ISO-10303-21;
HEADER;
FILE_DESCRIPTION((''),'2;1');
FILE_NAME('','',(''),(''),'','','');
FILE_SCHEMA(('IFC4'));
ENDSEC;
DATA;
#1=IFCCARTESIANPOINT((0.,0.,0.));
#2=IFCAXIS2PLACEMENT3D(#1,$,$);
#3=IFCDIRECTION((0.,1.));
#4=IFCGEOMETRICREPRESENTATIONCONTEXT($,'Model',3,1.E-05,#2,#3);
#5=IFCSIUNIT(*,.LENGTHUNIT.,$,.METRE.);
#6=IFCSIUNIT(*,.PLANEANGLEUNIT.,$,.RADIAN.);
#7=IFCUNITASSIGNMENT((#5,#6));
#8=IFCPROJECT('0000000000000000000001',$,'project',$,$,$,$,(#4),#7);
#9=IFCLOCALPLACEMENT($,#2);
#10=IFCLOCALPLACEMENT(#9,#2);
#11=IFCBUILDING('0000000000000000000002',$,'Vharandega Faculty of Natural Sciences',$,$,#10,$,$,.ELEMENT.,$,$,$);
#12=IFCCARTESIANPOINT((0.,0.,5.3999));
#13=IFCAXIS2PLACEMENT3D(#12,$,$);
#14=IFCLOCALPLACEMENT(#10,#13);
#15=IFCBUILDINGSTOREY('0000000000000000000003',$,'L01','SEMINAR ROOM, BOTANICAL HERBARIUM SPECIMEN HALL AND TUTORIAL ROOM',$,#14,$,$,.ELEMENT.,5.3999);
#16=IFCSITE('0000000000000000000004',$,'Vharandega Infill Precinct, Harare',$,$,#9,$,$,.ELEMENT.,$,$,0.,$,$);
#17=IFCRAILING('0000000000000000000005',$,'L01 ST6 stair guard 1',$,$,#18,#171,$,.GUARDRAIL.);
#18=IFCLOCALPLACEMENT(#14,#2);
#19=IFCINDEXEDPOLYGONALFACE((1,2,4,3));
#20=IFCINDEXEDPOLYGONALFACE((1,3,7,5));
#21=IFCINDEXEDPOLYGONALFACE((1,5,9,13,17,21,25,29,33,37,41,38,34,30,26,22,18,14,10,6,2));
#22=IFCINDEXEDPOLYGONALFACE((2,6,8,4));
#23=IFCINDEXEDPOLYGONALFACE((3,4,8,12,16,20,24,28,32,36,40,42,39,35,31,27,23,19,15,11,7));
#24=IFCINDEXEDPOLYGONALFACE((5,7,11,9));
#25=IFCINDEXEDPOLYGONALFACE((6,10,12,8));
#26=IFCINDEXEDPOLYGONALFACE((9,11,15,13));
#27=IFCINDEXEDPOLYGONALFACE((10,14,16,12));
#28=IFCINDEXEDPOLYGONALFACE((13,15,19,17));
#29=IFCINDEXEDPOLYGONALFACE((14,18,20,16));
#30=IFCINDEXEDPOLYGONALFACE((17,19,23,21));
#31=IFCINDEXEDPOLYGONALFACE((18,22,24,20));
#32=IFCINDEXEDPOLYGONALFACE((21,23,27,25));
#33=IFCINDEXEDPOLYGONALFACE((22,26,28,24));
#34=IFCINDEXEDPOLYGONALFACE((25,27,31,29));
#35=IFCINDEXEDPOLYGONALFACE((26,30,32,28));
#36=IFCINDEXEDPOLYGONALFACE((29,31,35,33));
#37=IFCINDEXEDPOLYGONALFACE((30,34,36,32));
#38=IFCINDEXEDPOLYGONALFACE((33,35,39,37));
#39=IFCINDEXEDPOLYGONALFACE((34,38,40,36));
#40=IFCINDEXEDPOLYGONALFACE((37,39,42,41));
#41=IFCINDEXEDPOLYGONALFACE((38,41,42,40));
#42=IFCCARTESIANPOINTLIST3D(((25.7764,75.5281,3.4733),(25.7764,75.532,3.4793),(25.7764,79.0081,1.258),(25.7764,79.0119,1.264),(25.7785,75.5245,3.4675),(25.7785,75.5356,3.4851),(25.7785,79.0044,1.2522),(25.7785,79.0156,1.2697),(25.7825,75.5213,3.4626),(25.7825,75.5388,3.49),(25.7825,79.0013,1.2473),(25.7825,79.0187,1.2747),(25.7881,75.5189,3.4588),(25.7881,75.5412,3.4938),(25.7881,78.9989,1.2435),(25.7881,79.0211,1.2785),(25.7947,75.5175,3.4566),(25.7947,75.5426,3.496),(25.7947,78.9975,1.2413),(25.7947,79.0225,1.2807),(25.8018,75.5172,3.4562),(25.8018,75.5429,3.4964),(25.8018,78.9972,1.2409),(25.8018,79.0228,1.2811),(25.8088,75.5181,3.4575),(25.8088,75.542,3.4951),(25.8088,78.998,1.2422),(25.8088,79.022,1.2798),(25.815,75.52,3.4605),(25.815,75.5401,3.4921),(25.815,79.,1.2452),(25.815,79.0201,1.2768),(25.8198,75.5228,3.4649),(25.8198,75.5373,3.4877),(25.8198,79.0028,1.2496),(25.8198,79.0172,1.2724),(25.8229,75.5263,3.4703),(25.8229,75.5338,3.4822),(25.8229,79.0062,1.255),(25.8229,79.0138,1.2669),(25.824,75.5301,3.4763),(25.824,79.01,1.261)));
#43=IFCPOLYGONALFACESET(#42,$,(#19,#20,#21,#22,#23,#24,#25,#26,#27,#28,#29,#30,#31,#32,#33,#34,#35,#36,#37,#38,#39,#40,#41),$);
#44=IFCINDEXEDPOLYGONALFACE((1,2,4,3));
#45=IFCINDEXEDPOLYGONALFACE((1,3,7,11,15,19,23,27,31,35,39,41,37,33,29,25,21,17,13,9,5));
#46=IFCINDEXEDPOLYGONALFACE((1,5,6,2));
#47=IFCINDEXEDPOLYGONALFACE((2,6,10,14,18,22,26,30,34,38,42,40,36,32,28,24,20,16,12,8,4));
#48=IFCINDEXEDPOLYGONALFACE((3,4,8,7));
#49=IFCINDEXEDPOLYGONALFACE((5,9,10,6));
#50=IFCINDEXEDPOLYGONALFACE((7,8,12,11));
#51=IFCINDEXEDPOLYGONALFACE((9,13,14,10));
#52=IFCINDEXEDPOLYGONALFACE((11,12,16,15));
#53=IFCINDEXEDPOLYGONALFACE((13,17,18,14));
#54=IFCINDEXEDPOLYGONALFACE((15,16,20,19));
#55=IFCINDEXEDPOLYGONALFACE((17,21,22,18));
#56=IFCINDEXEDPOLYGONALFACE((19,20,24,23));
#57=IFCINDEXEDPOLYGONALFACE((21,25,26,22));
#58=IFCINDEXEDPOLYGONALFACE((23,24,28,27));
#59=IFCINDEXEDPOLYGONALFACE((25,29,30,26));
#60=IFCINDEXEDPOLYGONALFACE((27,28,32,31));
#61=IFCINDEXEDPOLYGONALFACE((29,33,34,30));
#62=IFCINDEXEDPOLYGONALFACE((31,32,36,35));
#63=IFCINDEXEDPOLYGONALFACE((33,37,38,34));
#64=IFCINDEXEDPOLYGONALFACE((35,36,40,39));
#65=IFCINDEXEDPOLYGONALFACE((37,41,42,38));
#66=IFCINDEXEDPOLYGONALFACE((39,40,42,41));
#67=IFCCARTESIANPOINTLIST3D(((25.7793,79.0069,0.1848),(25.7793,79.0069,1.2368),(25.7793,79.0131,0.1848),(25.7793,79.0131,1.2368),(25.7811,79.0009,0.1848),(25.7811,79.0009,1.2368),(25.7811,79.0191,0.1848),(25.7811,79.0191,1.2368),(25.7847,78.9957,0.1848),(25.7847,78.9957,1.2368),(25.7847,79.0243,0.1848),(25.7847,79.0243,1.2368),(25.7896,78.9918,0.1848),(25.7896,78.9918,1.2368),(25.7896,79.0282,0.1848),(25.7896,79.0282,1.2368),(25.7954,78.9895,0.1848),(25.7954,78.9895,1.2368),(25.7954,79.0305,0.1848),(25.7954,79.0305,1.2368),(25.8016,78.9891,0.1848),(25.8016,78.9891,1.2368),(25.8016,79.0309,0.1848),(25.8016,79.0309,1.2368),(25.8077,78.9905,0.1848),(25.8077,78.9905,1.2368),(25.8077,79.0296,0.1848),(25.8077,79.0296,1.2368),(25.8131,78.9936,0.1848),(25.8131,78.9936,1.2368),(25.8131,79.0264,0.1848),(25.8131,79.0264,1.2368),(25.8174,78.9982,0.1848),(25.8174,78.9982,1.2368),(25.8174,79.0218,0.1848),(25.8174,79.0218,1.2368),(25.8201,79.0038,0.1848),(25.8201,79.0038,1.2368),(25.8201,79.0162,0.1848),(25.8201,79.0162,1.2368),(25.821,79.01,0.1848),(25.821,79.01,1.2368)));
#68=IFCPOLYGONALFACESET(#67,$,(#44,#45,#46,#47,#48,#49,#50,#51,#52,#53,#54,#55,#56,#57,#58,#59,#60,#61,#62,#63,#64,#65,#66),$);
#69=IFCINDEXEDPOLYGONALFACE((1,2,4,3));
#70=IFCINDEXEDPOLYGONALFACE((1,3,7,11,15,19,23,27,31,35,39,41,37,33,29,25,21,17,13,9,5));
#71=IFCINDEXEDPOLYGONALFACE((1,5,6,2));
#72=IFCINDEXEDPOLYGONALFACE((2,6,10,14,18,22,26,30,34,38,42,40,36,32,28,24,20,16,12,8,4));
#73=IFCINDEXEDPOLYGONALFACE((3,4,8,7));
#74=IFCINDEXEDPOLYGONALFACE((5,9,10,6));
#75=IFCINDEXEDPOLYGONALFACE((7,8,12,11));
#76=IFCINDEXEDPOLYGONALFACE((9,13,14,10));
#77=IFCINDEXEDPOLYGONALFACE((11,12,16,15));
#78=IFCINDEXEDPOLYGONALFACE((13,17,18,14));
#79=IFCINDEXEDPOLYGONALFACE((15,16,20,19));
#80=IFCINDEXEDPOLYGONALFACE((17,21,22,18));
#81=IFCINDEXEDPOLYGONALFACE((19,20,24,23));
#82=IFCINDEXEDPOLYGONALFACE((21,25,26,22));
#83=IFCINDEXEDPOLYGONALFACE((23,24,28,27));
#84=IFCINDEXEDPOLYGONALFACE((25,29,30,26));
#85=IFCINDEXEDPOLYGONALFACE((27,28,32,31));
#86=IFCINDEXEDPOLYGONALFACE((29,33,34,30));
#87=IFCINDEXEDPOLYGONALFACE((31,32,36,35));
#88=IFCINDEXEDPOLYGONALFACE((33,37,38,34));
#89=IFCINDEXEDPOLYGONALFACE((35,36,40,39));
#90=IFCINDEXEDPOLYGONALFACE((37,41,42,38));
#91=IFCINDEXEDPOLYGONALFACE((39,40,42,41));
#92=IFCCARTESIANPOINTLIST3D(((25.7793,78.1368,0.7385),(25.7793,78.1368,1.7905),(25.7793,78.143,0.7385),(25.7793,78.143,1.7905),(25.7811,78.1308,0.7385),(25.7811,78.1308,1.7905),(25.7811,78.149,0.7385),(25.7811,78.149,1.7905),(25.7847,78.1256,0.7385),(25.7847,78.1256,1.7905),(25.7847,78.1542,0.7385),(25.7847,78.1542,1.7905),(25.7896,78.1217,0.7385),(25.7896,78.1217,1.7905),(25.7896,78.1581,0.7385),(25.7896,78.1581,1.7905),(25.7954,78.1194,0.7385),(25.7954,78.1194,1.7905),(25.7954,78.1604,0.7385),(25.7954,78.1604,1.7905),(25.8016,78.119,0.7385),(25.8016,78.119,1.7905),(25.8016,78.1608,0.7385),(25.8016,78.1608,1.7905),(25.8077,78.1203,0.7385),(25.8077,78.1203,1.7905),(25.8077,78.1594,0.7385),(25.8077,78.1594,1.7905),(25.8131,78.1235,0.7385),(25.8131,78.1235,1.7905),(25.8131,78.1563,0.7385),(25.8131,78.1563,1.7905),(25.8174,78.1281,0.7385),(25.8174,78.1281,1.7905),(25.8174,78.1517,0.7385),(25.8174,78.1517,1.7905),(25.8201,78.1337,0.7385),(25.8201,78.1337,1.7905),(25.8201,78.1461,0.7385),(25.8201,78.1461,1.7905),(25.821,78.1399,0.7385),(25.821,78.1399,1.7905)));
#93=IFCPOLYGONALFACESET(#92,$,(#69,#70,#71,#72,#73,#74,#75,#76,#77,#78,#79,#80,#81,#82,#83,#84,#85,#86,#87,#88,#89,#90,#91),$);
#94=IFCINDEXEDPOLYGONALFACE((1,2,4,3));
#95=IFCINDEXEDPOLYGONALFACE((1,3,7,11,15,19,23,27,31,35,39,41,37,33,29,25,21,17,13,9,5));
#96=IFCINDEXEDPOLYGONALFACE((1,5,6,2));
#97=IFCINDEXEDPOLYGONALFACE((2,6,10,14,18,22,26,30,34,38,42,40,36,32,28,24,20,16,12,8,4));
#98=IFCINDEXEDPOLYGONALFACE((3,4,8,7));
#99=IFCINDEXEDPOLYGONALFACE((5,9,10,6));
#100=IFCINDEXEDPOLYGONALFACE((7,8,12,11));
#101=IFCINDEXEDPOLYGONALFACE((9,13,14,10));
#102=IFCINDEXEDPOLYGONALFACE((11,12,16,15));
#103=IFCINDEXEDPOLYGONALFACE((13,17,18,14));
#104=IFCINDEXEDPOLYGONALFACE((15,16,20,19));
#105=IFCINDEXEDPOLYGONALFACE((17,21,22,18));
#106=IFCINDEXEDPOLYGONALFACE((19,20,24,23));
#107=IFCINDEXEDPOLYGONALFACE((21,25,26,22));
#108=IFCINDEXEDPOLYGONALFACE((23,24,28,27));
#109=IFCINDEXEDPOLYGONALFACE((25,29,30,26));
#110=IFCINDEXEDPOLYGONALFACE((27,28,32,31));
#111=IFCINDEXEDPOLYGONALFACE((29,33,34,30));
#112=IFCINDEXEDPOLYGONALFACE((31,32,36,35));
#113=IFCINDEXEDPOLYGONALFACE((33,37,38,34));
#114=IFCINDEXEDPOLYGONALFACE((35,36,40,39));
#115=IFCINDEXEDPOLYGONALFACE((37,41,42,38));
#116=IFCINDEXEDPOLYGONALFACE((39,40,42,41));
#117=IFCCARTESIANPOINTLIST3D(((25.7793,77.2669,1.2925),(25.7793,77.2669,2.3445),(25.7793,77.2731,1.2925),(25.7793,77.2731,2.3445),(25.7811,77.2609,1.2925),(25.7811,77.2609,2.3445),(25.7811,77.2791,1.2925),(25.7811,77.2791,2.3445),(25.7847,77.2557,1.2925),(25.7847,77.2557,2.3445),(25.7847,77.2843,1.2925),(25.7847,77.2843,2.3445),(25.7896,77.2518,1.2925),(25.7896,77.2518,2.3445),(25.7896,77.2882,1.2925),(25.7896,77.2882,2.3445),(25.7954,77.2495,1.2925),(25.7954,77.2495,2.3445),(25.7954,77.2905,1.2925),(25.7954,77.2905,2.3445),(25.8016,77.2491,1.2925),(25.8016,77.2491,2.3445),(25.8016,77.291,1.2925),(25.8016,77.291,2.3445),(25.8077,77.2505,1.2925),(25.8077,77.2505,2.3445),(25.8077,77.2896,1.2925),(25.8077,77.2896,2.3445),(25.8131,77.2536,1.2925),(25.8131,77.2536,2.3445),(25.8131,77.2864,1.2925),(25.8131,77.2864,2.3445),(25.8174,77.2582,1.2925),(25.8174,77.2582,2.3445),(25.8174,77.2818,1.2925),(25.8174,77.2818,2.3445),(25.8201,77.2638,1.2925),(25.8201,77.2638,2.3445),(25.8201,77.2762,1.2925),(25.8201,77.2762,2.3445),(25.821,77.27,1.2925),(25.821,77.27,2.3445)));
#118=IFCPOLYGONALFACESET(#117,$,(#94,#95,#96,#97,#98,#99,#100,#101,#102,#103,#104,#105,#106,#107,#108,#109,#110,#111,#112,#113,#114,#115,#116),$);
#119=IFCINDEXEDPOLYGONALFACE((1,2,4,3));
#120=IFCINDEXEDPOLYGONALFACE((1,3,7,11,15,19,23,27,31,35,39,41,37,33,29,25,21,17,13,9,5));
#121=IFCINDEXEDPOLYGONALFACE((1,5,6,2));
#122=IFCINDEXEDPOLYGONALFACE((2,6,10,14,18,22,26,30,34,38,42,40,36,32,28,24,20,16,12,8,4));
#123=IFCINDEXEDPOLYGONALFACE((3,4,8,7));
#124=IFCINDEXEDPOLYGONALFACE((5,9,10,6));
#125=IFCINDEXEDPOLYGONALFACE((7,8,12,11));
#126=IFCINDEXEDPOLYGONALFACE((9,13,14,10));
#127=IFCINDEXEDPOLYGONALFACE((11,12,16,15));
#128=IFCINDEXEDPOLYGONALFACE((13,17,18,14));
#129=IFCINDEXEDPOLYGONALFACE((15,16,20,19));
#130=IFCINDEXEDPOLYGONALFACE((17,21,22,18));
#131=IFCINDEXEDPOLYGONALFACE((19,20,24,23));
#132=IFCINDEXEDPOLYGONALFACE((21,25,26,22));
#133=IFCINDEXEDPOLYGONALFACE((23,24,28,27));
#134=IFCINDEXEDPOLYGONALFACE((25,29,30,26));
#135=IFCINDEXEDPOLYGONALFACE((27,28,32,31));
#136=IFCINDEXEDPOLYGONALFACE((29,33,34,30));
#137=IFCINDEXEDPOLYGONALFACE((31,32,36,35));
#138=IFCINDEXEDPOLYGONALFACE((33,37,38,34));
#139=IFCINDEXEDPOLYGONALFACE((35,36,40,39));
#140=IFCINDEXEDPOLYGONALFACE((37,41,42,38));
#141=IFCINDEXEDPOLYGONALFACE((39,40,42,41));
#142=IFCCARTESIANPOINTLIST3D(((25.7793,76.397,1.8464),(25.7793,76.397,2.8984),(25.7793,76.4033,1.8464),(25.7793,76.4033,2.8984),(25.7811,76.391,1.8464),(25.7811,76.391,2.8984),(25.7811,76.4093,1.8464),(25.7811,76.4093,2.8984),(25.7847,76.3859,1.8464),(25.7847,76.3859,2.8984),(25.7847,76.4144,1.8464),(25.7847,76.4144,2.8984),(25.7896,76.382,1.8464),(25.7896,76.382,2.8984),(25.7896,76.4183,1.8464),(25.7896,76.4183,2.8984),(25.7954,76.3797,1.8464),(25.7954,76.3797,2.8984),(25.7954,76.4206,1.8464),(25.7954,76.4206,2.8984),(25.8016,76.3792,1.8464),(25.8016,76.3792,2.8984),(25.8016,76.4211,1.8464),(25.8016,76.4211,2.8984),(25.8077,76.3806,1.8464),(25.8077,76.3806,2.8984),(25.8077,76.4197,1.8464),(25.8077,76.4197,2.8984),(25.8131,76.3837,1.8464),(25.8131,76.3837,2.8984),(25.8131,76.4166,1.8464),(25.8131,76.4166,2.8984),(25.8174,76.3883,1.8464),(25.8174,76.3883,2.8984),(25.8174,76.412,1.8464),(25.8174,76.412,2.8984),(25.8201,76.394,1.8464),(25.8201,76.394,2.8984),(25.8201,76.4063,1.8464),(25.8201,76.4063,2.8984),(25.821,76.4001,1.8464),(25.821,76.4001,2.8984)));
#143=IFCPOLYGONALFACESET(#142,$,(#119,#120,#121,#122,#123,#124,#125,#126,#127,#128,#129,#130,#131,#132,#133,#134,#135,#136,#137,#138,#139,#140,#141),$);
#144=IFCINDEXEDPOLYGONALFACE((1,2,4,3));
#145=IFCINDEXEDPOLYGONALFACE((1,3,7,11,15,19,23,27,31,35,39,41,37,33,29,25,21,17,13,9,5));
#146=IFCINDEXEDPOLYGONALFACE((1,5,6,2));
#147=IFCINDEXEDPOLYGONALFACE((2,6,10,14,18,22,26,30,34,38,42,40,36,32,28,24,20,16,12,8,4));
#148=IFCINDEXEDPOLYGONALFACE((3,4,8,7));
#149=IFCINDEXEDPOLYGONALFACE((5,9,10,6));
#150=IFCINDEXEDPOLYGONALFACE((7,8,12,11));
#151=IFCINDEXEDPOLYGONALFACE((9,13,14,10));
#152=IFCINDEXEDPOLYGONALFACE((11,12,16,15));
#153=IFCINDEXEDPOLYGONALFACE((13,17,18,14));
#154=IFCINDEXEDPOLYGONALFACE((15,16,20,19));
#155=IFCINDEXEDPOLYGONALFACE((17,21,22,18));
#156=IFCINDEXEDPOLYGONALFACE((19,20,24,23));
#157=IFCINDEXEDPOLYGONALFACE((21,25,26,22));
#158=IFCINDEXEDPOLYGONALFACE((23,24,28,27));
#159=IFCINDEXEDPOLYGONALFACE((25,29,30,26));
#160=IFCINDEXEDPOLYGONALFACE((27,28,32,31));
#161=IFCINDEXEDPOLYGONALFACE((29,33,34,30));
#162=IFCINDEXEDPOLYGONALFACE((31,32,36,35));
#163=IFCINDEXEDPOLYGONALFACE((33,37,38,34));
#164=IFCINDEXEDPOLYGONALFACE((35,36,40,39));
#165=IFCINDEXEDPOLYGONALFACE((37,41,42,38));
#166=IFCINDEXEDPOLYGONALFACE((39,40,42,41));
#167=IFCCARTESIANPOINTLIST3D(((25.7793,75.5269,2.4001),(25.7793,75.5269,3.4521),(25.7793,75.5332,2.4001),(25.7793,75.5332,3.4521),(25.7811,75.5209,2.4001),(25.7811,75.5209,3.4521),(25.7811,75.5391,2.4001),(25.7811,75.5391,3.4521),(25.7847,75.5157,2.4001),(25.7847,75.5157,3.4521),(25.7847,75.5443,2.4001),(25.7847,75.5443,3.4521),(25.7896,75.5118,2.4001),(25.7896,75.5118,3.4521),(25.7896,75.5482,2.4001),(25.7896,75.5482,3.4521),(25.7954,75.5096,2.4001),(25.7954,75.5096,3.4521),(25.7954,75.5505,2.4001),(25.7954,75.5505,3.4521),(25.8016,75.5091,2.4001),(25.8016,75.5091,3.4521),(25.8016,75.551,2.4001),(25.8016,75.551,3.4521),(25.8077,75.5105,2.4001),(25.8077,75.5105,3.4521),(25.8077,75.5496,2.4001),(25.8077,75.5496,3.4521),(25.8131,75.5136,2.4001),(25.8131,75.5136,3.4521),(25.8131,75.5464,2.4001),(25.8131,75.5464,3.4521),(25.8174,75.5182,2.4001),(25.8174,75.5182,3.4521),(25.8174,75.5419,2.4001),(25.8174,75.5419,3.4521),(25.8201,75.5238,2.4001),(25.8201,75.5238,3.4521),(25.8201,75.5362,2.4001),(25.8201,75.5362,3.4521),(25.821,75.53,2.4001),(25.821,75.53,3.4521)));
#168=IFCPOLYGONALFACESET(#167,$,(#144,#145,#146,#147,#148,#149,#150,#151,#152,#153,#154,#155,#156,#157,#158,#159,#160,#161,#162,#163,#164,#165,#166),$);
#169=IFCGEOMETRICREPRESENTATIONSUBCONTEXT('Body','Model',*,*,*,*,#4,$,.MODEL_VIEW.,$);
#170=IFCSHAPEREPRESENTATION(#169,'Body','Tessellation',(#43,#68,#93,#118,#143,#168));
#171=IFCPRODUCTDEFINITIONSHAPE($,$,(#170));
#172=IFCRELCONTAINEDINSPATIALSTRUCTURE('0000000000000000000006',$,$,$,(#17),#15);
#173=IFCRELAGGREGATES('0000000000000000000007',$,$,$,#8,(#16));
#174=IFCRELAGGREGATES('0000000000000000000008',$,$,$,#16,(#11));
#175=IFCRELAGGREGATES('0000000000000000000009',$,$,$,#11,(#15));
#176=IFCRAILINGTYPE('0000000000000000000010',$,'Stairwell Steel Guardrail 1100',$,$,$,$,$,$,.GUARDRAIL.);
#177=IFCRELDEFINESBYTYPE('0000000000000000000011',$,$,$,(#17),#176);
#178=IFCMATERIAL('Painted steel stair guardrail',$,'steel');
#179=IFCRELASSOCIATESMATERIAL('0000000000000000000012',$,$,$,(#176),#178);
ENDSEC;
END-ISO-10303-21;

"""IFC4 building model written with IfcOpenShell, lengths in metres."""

from ifc_helpers import new_model, si_unit, direction, frame, origin, origin_2d, place, context, subcontext, project, spatial, circle, extrude, material, type_object, element, save


model = new_model("IFC4")

# Units and contexts
model_context = context("Model", 3, precision=1e-05, world=origin(), true_north=direction((0.0, 1.0)))
body_context = subcontext(model_context, "Body", "Model", "MODEL_VIEW")
ifc_project = project(units=[si_unit("LENGTHUNIT", "METRE"), si_unit("PLANEANGLEUNIT", "RADIAN")], contexts=[model_context])

# Site, building, storey
site_placement = place(None, origin())
site = spatial("IfcSite", under=ifc_project, at=site_placement, Name="Vharandega Infill Precinct, Harare", CompositionType="ELEMENT", RefElevation=0.0)
building_placement = place(site_placement, origin())
building = spatial("IfcBuilding", under=site, at=building_placement, Name="Vharandega Faculty of Natural Sciences", CompositionType="ELEMENT")
storey_placement = place(building_placement, frame((0.0, 0.0, 5.3999)))
storey = spatial("IfcBuildingStorey", under=building, at=storey_placement, Name="L01", Description="SEMINAR ROOM, BOTANICAL HERBARIUM SPECIMEN HALL AND TUTORIAL ROOM", CompositionType="ELEMENT", Elevation=5.3999)

# Railing
ifc_material_1 = material(Name="Painted steel stair guardrail", Category="steel")
railing_type_1 = type_object("IfcRailingType", Name="Stairwell Steel Guardrail 1100", PredefinedType="GUARDRAIL", material=ifc_material_1)
railing_1_placement = place(storey_placement, frame((25.8, 79.01, 0.1848)))
element("IfcRailing", 1, at=railing_1_placement, inside=storey, type_object=railing_type_1, Name="L01 ST6 stair guard 1", PredefinedType="GUARDRAIL", context=body_context, shape_type="SweptSolid", body=[
    extrude(circle(Radius=0.0239, at=origin_2d()), frame((0.0, 0.0, 1.0762), z_axis=(0.0, -0.843574, 0.537013), x_axis=(1.0, 0.0, 0.0)), (0.0, 0.0, 1.0), 4.1252),
    extrude(circle(Radius=0.021, at=origin_2d()), origin(), (0.0, 0.0, 1.0), 1.052),
    extrude(circle(Radius=0.021, at=origin_2d()), frame((0.0, -0.8701, 0.5537)), (0.0, 0.0, 1.0), 1.052),
    extrude(circle(Radius=0.021, at=origin_2d()), frame((0.0, -1.74, 1.1077)), (0.0, 0.0, 1.0), 1.052),
    extrude(circle(Radius=0.021, at=origin_2d()), frame((0.0, -2.6099, 1.6616)), (0.0, 0.0, 1.0), 1.052),
    extrude(circle(Radius=0.021, at=origin_2d()), frame((0.0, -3.48, 2.2153)), (0.0, 0.0, 1.0), 1.052),
])

save(model, "model.ifc")
